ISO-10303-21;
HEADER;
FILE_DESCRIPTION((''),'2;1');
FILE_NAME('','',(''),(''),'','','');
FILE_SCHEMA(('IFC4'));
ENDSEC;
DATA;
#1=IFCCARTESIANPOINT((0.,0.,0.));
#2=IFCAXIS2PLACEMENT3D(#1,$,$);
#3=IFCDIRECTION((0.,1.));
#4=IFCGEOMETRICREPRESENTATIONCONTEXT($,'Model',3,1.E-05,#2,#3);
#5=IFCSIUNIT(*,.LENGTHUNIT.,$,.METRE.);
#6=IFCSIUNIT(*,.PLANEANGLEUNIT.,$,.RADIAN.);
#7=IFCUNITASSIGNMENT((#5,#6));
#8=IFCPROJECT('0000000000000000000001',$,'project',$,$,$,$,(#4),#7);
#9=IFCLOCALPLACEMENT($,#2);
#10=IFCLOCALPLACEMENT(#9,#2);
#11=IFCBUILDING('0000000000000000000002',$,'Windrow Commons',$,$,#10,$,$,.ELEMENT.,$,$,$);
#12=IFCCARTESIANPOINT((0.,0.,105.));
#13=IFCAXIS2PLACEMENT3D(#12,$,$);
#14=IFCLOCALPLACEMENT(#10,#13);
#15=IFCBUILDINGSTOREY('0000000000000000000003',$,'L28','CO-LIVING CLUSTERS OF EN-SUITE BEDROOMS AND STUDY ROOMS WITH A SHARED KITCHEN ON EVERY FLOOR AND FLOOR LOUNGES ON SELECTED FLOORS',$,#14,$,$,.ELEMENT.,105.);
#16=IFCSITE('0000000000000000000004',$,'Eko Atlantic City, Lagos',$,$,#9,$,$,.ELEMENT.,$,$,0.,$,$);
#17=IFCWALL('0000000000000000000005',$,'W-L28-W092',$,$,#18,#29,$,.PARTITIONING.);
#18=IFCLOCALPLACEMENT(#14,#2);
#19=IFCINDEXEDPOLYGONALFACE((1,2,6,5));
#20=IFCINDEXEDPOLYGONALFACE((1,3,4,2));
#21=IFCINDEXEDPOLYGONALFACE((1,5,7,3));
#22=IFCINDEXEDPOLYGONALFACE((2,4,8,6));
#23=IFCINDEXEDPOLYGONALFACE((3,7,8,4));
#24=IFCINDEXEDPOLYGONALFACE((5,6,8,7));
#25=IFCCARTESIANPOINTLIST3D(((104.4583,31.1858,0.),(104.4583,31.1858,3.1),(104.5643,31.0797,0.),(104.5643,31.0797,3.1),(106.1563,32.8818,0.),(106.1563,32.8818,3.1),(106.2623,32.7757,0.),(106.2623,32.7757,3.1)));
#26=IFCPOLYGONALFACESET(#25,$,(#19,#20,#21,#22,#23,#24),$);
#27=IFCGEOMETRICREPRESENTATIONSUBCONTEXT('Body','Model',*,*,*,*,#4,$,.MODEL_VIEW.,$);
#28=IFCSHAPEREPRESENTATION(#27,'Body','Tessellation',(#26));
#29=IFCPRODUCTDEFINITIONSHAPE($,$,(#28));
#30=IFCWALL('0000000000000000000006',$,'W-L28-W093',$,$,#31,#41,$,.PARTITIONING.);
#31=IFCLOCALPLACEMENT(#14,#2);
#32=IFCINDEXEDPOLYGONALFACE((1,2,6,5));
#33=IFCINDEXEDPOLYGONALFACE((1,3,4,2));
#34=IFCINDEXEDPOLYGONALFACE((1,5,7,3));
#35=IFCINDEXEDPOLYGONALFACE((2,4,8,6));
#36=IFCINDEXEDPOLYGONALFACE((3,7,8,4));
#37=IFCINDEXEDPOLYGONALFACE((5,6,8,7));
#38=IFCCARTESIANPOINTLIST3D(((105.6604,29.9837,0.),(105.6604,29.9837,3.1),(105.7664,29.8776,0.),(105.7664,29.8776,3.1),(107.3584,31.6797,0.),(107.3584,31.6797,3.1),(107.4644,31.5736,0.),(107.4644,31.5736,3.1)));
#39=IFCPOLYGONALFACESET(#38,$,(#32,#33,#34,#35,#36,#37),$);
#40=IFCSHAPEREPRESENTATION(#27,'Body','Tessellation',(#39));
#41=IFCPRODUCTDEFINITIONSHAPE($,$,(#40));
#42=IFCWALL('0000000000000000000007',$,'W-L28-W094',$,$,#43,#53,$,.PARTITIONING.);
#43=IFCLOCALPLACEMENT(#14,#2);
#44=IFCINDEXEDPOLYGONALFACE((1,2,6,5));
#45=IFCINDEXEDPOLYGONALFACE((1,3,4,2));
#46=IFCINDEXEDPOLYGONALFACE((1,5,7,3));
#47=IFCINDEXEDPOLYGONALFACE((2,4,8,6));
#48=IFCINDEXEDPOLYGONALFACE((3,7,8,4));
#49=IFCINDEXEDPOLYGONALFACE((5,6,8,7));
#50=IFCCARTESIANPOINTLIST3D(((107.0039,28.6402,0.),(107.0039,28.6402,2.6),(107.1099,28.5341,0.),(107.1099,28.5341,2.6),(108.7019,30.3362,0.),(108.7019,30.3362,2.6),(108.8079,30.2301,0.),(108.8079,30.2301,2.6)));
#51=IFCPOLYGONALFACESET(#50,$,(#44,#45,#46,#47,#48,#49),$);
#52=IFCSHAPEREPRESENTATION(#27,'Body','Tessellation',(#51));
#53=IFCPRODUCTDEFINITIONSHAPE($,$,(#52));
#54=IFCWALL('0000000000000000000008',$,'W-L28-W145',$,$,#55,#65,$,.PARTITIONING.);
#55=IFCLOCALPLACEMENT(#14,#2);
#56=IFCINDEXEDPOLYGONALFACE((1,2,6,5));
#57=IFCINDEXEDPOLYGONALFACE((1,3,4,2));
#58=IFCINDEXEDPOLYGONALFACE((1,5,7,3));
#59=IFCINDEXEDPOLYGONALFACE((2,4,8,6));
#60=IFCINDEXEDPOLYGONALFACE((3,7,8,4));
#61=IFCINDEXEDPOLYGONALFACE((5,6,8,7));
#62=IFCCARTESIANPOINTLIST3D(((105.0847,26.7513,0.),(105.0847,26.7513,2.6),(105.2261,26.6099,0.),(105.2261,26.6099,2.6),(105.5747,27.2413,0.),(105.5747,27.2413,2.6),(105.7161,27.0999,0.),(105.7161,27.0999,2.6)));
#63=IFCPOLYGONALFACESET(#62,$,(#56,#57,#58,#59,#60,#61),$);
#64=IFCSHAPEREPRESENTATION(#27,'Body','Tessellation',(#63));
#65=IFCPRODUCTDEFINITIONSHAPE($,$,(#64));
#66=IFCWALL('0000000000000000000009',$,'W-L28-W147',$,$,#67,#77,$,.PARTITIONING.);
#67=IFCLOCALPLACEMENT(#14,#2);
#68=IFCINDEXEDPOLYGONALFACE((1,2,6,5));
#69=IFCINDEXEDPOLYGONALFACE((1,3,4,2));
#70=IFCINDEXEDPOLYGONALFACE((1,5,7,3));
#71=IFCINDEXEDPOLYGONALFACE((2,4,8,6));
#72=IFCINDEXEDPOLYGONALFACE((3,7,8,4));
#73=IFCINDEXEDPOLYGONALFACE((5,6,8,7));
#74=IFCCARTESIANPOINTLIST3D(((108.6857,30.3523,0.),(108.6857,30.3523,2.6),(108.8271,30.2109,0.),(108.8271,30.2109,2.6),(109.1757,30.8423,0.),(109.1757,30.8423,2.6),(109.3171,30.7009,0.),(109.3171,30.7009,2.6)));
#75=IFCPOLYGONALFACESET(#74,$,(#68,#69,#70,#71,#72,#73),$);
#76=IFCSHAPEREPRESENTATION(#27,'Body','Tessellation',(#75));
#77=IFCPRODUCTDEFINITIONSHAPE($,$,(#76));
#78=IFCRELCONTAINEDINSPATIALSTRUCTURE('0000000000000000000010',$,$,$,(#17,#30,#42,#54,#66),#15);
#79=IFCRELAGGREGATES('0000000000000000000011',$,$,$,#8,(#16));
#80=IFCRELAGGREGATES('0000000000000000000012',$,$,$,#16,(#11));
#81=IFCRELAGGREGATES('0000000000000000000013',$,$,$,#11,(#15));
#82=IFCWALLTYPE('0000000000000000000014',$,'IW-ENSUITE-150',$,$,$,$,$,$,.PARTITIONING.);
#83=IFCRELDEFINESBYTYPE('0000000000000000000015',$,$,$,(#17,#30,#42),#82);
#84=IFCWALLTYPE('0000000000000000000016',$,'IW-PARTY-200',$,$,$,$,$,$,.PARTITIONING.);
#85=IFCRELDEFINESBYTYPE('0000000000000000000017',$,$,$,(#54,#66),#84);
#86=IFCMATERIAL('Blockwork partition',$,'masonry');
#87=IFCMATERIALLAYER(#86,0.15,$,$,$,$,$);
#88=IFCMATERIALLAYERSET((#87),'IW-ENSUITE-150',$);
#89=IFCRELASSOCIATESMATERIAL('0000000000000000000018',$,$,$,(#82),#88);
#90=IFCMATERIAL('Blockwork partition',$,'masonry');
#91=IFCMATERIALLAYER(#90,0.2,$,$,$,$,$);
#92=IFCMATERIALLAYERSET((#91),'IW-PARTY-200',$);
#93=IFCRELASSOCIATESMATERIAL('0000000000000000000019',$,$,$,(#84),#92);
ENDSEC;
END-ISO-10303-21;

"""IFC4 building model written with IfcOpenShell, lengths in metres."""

from ifc_helpers import new_model, si_unit, direction, frame, frame_2d, origin, place, context, subcontext, project, spatial, rectangle, extrude, material, layer, layer_set, type_object, element, save


model = new_model("IFC4")

# Units and contexts
model_context = context("Model", 3, precision=1e-05, world=origin(), true_north=direction((0.0, 1.0)))
body_context = subcontext(model_context, "Body", "Model", "MODEL_VIEW")
ifc_project = project(units=[si_unit("LENGTHUNIT", "METRE"), si_unit("PLANEANGLEUNIT", "RADIAN")], contexts=[model_context])

# Site, building, storey
site_placement = place(None, origin())
site = spatial("IfcSite", under=ifc_project, at=site_placement, Name="Eko Atlantic City, Lagos", CompositionType="ELEMENT", RefElevation=0.0)
building_placement = place(site_placement, origin())
building = spatial("IfcBuilding", under=site, at=building_placement, Name="Windrow Commons", CompositionType="ELEMENT")
storey_placement = place(building_placement, frame((0.0, 0.0, 105.0)))
storey = spatial("IfcBuildingStorey", under=building, at=storey_placement, Name="L28", Description="CO-LIVING CLUSTERS OF EN-SUITE BEDROOMS AND STUDY ROOMS WITH A SHARED KITCHEN ON EVERY FLOOR AND FLOOR LOUNGES ON SELECTED FLOORS", CompositionType="ELEMENT", Elevation=105.0)

# Walls
ifc_material_1 = material(Name="Blockwork partition", Category="masonry")
ifc_layer_1 = layer(ifc_material_1, 0.15)
ifc_layer_set_1 = layer_set([ifc_layer_1], Name="IW-ENSUITE-150")
wall_type_1 = type_object("IfcWallType", Name="IW-ENSUITE-150", PredefinedType="PARTITIONING", material=ifc_layer_set_1)
for number, where, z_axis, x_axis, name in (
    (1, (104.5113, 31.1327, 0.0), (0.0, 0.0, 1.0), (0.707523, 0.70669, 0.0), "W-L28-W092"),
    (2, (105.7134, 29.9306, 0.0), (0.0, 0.0, 1.0), (0.707523, 0.70669, 0.0), "W-L28-W093"),
):
    element("IfcWall", number, at=place(storey_placement, frame(where, z_axis=z_axis, x_axis=x_axis)), inside=storey, type_object=wall_type_1, Name=name, PredefinedType="PARTITIONING", context=body_context, shape_type="SweptSolid", body=[
        extrude(rectangle(XDim=2.3999, YDim=0.15, at=frame_2d((1.2, 0.0))), origin(), (0.0, 0.0, 1.0), 3.1),
    ])
wall_1_placement = place(storey_placement, frame((107.0569, 28.5871, 0.0), z_axis=(0.0, 0.0, 1.0), x_axis=(0.707523, 0.70669, 0.0)))
element("IfcWall", 3, at=wall_1_placement, inside=storey, type_object=wall_type_1, Name="W-L28-W094", PredefinedType="PARTITIONING", context=body_context, shape_type="SweptSolid", body=[
    extrude(rectangle(XDim=2.3999, YDim=0.15, at=frame_2d((1.2, 0.0))), origin(), (0.0, 0.0, 1.0), 2.6),
])
ifc_material_2 = material(Name="Blockwork partition", Category="masonry")
ifc_layer_2 = layer(ifc_material_2, 0.2)
ifc_layer_set_2 = layer_set([ifc_layer_2], Name="IW-PARTY-200")
wall_type_2 = type_object("IfcWallType", Name="IW-PARTY-200", PredefinedType="PARTITIONING", material=ifc_layer_set_2)
for number, where, z_axis, x_axis, name in (
    (4, (105.1554, 26.6806, 0.0), (0.0, 0.0, 1.0), (0.707107, 0.707107, 0.0), "W-L28-W145"),
    (5, (108.7564, 30.2816, 0.0), (0.0, 0.0, 1.0), (0.707107, 0.707107, 0.0), "W-L28-W147"),
):
    element("IfcWall", number, at=place(storey_placement, frame(where, z_axis=z_axis, x_axis=x_axis)), inside=storey, type_object=wall_type_2, Name=name, PredefinedType="PARTITIONING", context=body_context, shape_type="SweptSolid", body=[
        extrude(rectangle(XDim=0.693, YDim=0.2, at=frame_2d((0.3465, 0.0))), origin(), (0.0, 0.0, 1.0), 2.6),
    ])

save(model, "model.ifc")
